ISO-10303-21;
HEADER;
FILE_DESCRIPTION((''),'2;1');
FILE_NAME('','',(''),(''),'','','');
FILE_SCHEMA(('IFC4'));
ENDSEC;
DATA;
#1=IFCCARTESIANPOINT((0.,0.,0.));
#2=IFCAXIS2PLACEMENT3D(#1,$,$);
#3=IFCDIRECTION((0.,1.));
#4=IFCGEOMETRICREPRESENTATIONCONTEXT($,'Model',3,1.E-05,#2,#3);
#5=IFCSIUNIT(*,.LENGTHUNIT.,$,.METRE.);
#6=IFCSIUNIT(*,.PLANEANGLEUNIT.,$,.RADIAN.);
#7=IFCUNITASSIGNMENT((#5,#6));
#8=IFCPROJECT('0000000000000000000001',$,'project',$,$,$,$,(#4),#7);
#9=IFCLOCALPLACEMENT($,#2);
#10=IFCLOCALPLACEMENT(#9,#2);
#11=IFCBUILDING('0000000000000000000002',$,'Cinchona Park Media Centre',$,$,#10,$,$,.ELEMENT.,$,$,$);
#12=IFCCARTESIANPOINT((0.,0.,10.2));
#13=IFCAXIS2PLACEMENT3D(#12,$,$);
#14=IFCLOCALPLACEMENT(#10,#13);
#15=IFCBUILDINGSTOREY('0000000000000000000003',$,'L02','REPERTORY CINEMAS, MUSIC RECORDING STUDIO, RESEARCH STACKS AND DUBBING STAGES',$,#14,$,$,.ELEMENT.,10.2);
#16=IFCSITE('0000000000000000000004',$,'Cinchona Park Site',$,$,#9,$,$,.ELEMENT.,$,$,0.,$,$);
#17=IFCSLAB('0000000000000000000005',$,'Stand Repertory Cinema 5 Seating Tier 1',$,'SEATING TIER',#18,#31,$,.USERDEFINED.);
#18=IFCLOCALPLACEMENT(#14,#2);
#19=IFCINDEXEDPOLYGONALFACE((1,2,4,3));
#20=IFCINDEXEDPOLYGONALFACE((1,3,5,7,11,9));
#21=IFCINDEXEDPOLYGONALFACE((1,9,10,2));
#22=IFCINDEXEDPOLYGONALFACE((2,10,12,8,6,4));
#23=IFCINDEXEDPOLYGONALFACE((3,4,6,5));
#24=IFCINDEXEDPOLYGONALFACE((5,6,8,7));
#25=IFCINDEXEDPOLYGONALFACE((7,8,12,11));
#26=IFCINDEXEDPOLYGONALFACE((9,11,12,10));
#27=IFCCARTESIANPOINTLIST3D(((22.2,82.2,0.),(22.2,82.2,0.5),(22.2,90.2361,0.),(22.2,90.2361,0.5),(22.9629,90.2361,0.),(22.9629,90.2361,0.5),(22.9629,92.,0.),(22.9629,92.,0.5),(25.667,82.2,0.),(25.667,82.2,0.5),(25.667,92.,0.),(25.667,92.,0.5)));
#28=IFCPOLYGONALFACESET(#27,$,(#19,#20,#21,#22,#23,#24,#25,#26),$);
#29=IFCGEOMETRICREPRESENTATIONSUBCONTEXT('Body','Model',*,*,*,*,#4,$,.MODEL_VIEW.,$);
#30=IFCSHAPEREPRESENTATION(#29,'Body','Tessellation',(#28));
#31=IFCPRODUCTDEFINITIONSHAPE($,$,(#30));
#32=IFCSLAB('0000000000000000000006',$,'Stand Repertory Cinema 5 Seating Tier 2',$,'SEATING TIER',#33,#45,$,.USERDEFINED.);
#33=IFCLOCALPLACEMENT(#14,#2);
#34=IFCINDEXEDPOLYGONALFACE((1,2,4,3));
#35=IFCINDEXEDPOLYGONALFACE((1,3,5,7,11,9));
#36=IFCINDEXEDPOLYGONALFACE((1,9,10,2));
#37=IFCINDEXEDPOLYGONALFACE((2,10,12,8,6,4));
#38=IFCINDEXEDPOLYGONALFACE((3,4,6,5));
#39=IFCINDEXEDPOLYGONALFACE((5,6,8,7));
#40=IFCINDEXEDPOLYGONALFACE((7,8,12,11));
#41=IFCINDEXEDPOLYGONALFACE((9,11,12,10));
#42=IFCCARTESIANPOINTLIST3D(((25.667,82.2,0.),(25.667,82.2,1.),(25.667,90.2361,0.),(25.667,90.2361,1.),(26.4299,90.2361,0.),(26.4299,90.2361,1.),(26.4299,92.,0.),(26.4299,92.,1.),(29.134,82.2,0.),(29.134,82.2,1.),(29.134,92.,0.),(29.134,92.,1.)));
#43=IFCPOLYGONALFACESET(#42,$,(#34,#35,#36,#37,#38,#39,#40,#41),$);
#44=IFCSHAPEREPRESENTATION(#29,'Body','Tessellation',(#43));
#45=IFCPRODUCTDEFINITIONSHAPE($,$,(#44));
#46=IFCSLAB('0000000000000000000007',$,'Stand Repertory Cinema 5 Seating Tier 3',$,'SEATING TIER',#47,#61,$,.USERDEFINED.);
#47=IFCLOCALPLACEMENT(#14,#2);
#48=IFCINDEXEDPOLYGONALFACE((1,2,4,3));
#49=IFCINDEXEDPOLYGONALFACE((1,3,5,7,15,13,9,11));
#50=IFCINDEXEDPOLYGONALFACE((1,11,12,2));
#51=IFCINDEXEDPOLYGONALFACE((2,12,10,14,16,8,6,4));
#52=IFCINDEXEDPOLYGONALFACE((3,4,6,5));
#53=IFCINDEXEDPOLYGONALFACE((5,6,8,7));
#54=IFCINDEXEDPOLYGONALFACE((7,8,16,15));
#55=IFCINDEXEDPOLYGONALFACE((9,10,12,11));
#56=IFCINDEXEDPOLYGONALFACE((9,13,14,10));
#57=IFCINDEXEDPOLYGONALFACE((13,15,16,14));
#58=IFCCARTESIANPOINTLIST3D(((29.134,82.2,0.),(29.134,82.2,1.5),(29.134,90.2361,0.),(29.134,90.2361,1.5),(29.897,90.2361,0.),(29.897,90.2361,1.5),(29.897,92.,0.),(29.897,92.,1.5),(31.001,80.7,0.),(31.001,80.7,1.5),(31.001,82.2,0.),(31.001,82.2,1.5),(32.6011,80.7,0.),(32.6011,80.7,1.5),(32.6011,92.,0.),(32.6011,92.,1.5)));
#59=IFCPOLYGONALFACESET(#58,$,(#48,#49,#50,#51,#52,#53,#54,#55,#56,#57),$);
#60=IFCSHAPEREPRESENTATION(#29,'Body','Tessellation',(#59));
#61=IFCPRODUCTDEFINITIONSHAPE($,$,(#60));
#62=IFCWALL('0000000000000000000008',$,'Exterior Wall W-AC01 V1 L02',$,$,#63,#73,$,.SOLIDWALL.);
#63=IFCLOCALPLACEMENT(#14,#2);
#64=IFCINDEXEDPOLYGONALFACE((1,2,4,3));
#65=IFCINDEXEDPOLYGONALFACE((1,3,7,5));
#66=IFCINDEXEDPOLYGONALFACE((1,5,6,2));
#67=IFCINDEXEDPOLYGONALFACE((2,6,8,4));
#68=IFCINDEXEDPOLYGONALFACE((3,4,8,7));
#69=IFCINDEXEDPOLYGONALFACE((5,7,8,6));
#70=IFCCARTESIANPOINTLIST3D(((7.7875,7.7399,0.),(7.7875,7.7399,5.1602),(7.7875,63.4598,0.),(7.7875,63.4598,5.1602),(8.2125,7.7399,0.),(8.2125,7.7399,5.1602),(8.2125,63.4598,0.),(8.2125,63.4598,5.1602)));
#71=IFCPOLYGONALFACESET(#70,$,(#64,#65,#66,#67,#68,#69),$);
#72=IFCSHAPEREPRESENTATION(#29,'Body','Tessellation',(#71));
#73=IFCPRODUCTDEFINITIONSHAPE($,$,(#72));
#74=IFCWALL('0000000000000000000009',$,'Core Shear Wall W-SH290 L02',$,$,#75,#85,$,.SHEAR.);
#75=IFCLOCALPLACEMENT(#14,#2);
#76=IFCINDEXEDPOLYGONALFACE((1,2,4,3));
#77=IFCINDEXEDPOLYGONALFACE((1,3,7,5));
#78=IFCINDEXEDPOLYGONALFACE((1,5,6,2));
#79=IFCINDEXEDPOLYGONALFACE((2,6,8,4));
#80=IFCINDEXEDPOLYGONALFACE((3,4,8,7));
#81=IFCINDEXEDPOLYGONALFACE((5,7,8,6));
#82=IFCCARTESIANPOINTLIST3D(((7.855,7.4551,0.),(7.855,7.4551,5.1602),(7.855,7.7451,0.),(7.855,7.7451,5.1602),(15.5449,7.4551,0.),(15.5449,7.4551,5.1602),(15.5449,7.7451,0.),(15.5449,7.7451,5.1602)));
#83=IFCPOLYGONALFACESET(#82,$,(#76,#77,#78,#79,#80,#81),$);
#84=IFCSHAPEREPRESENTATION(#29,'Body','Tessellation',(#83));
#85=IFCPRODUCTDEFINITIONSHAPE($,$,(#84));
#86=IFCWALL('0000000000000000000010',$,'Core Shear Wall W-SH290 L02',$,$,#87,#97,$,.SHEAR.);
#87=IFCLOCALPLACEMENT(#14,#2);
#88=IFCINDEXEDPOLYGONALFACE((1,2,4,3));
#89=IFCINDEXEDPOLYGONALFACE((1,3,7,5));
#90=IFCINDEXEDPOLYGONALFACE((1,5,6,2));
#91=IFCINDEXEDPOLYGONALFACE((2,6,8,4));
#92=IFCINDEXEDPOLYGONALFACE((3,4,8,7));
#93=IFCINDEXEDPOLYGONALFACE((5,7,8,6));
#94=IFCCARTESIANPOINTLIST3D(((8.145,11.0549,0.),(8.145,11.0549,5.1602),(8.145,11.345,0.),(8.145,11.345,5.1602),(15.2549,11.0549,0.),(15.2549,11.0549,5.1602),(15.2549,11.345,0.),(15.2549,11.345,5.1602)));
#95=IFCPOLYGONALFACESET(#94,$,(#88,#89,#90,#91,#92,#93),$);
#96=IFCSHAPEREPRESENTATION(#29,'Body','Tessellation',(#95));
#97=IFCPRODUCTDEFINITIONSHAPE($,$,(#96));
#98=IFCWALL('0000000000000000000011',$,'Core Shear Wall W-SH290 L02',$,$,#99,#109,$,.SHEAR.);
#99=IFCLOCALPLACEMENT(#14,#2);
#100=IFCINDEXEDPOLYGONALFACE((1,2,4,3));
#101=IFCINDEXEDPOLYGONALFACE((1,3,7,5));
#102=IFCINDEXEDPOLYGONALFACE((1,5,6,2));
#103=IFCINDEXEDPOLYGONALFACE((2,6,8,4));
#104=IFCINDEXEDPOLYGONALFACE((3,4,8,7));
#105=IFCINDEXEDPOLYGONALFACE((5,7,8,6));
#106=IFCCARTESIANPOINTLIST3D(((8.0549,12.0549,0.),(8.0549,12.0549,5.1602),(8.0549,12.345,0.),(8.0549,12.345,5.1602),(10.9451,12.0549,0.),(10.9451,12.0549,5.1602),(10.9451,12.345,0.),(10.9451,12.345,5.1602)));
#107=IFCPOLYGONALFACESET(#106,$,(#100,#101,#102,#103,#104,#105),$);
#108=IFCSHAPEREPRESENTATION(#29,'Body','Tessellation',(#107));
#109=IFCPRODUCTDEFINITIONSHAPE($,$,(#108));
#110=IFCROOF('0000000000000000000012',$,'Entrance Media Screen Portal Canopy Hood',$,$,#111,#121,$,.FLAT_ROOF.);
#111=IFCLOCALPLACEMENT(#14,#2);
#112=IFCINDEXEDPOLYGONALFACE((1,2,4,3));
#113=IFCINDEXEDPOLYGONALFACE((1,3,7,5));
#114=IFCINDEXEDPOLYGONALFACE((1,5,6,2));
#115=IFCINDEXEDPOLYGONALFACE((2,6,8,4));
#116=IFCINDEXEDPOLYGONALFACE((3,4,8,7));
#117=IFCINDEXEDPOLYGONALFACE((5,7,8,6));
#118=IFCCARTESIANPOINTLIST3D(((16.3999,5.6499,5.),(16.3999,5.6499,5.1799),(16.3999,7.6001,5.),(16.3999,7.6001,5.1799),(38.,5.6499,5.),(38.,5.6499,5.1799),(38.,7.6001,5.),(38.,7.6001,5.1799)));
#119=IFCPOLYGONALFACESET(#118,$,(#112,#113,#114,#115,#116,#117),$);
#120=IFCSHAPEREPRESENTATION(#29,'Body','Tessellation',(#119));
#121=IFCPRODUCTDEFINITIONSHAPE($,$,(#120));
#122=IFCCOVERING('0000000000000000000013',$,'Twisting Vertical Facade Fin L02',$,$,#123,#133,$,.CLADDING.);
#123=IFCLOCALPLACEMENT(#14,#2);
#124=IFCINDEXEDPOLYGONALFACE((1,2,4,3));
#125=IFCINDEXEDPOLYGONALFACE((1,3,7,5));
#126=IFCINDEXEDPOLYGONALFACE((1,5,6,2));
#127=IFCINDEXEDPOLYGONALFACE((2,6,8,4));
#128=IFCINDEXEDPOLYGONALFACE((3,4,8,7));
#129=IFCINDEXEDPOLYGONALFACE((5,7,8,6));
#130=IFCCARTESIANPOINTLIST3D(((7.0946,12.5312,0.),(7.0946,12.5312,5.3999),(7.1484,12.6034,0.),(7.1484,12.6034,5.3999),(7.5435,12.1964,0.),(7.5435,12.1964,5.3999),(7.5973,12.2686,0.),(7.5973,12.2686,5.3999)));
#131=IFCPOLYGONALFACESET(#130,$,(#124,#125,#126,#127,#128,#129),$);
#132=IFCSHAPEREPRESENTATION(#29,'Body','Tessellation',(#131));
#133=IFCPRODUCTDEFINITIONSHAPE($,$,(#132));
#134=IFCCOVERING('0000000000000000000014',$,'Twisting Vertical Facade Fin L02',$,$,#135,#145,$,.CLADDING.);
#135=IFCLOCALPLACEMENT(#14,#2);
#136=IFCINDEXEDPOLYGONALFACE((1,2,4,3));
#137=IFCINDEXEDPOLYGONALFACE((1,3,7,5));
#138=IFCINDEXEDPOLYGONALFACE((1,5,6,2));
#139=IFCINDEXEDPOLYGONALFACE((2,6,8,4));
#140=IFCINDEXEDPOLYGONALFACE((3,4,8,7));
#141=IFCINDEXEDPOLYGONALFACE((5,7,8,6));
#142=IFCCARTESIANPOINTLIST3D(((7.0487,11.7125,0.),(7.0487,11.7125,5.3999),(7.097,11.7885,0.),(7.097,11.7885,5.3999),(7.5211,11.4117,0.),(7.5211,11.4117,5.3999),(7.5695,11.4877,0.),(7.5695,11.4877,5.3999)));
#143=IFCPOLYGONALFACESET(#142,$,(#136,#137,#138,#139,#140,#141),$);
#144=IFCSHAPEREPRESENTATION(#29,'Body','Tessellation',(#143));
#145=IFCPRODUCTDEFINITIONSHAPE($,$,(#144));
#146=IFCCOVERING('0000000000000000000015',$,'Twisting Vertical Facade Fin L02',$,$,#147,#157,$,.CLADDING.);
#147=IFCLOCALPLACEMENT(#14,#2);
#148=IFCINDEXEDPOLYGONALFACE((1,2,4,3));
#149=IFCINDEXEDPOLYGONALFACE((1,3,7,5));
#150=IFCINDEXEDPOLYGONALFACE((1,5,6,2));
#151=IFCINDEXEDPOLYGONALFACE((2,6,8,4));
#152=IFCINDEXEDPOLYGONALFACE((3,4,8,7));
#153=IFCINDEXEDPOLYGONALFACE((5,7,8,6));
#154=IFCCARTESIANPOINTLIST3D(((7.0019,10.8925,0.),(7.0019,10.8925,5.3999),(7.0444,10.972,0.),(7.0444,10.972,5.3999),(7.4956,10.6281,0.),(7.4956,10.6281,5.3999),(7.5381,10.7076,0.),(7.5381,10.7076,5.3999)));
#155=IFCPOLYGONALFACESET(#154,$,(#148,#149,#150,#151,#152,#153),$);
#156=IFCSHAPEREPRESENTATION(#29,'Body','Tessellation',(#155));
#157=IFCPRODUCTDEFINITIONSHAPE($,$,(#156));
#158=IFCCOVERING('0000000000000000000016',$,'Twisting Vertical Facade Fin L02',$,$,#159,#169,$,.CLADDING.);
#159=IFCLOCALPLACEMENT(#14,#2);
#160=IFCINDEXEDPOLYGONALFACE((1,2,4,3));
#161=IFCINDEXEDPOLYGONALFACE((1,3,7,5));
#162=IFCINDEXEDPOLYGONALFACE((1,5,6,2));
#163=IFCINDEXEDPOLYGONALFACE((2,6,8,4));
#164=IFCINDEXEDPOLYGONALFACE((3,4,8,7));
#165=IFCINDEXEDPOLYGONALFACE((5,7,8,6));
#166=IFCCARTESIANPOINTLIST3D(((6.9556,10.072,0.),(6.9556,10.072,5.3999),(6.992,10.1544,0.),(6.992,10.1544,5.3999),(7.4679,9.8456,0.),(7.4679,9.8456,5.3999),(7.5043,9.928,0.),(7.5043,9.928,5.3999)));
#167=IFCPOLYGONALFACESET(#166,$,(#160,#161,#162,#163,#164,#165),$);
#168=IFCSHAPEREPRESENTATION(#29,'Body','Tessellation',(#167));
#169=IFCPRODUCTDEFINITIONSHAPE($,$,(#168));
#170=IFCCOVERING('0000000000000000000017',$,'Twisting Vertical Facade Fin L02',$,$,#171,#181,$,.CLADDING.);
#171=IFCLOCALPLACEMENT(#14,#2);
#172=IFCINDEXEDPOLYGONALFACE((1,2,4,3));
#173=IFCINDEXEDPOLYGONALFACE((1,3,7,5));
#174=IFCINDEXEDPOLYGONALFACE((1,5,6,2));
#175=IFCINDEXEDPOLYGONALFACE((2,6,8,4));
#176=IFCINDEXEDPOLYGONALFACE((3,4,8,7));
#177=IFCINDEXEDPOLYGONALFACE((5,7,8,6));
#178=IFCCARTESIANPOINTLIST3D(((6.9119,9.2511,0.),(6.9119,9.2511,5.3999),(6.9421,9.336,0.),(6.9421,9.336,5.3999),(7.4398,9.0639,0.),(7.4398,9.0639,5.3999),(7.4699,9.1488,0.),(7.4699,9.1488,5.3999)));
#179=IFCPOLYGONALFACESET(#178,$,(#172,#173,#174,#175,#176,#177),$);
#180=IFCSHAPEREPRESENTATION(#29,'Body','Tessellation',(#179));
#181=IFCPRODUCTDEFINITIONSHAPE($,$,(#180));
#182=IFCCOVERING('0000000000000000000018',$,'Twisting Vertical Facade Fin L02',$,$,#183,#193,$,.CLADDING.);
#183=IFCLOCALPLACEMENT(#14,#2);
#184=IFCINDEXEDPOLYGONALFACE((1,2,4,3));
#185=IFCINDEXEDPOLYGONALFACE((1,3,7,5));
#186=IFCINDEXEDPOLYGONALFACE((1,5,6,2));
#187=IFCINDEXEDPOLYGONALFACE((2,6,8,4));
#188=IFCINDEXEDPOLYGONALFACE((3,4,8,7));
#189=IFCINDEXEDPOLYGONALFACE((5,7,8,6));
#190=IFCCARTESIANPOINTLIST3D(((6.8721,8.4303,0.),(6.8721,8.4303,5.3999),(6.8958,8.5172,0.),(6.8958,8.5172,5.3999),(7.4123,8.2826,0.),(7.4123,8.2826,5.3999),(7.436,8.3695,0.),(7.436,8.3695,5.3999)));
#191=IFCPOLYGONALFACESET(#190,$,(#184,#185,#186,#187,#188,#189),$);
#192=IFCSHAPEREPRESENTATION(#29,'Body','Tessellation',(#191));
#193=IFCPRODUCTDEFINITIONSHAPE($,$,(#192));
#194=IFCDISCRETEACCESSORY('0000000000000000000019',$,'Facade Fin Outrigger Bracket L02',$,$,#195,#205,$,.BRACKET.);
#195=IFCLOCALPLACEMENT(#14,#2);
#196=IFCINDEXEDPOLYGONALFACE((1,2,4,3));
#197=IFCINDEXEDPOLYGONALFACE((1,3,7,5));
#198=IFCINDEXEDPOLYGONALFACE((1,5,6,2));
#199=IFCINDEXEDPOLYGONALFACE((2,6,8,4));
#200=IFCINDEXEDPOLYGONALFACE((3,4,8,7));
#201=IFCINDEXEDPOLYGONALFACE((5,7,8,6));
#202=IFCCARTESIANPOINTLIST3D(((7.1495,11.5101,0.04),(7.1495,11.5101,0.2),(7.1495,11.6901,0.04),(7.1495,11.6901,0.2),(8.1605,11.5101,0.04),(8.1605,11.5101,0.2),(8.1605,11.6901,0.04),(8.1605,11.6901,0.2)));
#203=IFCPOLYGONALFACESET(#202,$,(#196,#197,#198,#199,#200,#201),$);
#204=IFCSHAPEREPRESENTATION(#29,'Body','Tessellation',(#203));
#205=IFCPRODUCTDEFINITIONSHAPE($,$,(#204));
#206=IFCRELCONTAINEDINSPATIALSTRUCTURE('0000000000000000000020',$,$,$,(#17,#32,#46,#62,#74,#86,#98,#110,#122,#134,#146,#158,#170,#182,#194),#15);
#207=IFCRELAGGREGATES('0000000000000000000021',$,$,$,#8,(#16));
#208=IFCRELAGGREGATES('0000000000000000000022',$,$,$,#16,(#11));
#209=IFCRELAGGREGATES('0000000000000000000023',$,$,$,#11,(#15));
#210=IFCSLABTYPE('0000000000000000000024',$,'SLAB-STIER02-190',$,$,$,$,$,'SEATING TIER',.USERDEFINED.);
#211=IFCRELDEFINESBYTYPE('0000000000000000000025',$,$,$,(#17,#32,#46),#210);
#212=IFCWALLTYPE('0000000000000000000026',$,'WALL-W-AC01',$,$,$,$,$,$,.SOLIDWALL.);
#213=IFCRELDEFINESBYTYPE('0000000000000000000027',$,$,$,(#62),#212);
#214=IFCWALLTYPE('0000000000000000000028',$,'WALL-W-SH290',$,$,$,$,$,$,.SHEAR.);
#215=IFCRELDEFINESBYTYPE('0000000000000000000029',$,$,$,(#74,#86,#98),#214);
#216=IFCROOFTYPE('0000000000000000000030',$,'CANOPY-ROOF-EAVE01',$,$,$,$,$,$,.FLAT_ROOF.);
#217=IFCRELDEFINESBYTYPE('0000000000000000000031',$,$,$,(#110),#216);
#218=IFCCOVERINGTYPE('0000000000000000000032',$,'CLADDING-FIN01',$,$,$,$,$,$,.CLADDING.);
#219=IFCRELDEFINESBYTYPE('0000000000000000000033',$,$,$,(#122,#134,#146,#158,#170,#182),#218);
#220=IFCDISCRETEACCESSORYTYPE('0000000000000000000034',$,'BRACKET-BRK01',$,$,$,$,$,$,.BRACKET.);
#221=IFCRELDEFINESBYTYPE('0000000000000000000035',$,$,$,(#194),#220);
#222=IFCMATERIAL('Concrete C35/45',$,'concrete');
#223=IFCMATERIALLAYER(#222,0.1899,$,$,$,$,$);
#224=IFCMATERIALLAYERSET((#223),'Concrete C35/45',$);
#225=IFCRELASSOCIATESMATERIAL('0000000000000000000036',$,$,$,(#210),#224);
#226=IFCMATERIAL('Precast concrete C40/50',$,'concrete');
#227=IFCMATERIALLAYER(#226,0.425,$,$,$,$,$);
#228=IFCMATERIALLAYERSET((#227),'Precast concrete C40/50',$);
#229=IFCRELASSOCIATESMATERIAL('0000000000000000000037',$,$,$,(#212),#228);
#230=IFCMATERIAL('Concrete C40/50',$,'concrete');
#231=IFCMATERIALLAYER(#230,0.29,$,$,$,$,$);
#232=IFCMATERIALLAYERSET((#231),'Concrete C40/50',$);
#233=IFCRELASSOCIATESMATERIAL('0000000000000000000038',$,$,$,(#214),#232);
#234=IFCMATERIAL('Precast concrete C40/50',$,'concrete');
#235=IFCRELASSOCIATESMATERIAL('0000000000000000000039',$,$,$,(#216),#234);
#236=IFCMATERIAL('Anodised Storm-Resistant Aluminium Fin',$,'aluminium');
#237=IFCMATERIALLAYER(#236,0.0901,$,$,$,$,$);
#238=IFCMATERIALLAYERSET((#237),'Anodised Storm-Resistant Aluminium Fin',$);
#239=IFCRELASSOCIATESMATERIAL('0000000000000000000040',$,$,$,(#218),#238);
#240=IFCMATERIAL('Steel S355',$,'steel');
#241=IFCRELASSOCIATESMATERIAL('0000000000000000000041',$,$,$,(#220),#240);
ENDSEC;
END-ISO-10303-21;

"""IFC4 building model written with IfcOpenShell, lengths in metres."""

from ifc_helpers import new_model, si_unit, direction, frame, frame_2d, origin, origin_2d, place, context, subcontext, project, spatial, polyline, rectangle, outline, extrude, material, layer, layer_set, type_object, element, save


model = new_model("IFC4")

# Units and contexts
model_context = context("Model", 3, precision=1e-05, world=origin(), true_north=direction((0.0, 1.0)))
body_context = subcontext(model_context, "Body", "Model", "MODEL_VIEW")
ifc_project = project(units=[si_unit("LENGTHUNIT", "METRE"), si_unit("PLANEANGLEUNIT", "RADIAN")], contexts=[model_context])

# Site, building, storey
site_placement = place(None, origin())
site = spatial("IfcSite", under=ifc_project, at=site_placement, Name="Cinchona Park Site", CompositionType="ELEMENT", RefElevation=0.0)
building_placement = place(site_placement, origin())
building = spatial("IfcBuilding", under=site, at=building_placement, Name="Cinchona Park Media Centre", CompositionType="ELEMENT")
storey_placement = place(building_placement, frame((0.0, 0.0, 10.2)))
storey = spatial("IfcBuildingStorey", under=building, at=storey_placement, Name="L02", Description="REPERTORY CINEMAS, MUSIC RECORDING STUDIO, RESEARCH STACKS AND DUBBING STAGES", CompositionType="ELEMENT", Elevation=10.2)

# Slabs
ifc_material_1 = material(Name="Concrete C35/45", Category="concrete")
ifc_layer_1 = layer(ifc_material_1, 0.1899)
ifc_layer_set_1 = layer_set([ifc_layer_1], Name="Concrete C35/45")
slab_type_1 = type_object("IfcSlabType", Name="SLAB-STIER02-190", ElementType="SEATING TIER", PredefinedType="USERDEFINED", material=ifc_layer_set_1)
slab_1_placement = place(storey_placement, origin())
element("IfcSlab", 1, at=slab_1_placement, inside=storey, type_object=slab_type_1, Name="Stand Repertory Cinema 5 Seating Tier 1", ObjectType="SEATING TIER", PredefinedType="USERDEFINED", context=body_context, shape_type="SweptSolid", body=[
    extrude(outline(polyline([(22.2, 82.2), (25.667, 82.2), (25.667, 92.0), (22.9629, 92.0), (22.9629, 90.2361), (22.2, 90.2361), (22.2, 82.2)])), origin(), (0.0, 0.0, 1.0), 0.5),
])
slab_2_placement = place(storey_placement, origin())
element("IfcSlab", 2, at=slab_2_placement, inside=storey, type_object=slab_type_1, Name="Stand Repertory Cinema 5 Seating Tier 2", ObjectType="SEATING TIER", PredefinedType="USERDEFINED", context=body_context, shape_type="SweptSolid", body=[
    extrude(outline(polyline([(25.667, 82.2), (29.134, 82.2), (29.134, 92.0), (26.4299, 92.0), (26.4299, 90.2361), (25.667, 90.2361), (25.667, 82.2)])), origin(), (0.0, 0.0, 1.0), 1.0),
])
slab_3_placement = place(storey_placement, origin())
element("IfcSlab", 3, at=slab_3_placement, inside=storey, type_object=slab_type_1, Name="Stand Repertory Cinema 5 Seating Tier 3", ObjectType="SEATING TIER", PredefinedType="USERDEFINED", context=body_context, shape_type="SweptSolid", body=[
    extrude(outline(polyline([(29.134, 82.2), (31.001, 82.2), (31.001, 80.7), (32.6011, 80.7), (32.6011, 92.0), (29.897, 92.0), (29.897, 90.2361), (29.134, 90.2361), (29.134, 82.2)])), origin(), (0.0, 0.0, 1.0), 1.5),
])

# Walls
ifc_material_2 = material(Name="Precast concrete C40/50", Category="concrete")
ifc_layer_2 = layer(ifc_material_2, 0.425)
ifc_layer_set_2 = layer_set([ifc_layer_2], Name="Precast concrete C40/50")
wall_type_1 = type_object("IfcWallType", Name="WALL-W-AC01", PredefinedType="SOLIDWALL", material=ifc_layer_set_2)
wall_1_placement = place(storey_placement, frame((8.0, 7.74, 0.0), z_axis=(0.0, 0.0, 1.0), x_axis=(0.0, 1.0, 0.0)))
element("IfcWall", 4, at=wall_1_placement, inside=storey, type_object=wall_type_1, Name="Exterior Wall W-AC01 V1 L02", PredefinedType="SOLIDWALL", context=body_context, shape_type="SweptSolid", body=[
    extrude(rectangle(XDim=55.72, YDim=0.425, at=frame_2d((27.8599, 0.0))), origin(), (0.0, 0.0, 1.0), 5.1602),
])
ifc_material_3 = material(Name="Concrete C40/50", Category="concrete")
ifc_layer_3 = layer(ifc_material_3, 0.29)
ifc_layer_set_3 = layer_set([ifc_layer_3], Name="Concrete C40/50")
wall_type_2 = type_object("IfcWallType", Name="WALL-W-SH290", PredefinedType="SHEAR", material=ifc_layer_set_3)
wall_2_placement = place(storey_placement, frame((7.855, 7.6001, 0.0), z_axis=(0.0, 0.0, 1.0), x_axis=(1.0, 0.0, 0.0)))
element("IfcWall", 5, at=wall_2_placement, inside=storey, type_object=wall_type_2, Name="Core Shear Wall W-SH290 L02", PredefinedType="SHEAR", context=body_context, shape_type="SweptSolid", body=[
    extrude(rectangle(XDim=7.6899, YDim=0.29, at=frame_2d((3.845, 0.0))), origin(), (0.0, 0.0, 1.0), 5.1602),
])
wall_3_placement = place(storey_placement, frame((8.145, 11.2, 0.0), z_axis=(0.0, 0.0, 1.0), x_axis=(1.0, 0.0, 0.0)))
element("IfcWall", 6, at=wall_3_placement, inside=storey, type_object=wall_type_2, Name="Core Shear Wall W-SH290 L02", PredefinedType="SHEAR", context=body_context, shape_type="SweptSolid", body=[
    extrude(rectangle(XDim=7.1099, YDim=0.29, at=frame_2d((3.5549, 0.0))), origin(), (0.0, 0.0, 1.0), 5.1602),
])
wall_4_placement = place(storey_placement, frame((8.0549, 12.2, 0.0), z_axis=(0.0, 0.0, 1.0), x_axis=(1.0, 0.0, 0.0)))
element("IfcWall", 7, at=wall_4_placement, inside=storey, type_object=wall_type_2, Name="Core Shear Wall W-SH290 L02", PredefinedType="SHEAR", context=body_context, shape_type="SweptSolid", body=[
    extrude(rectangle(XDim=2.8901, YDim=0.29, at=frame_2d((1.4451, 0.0))), origin(), (0.0, 0.0, 1.0), 5.1602),
])

# Roof
ifc_material_4 = material(Name="Precast concrete C40/50", Category="concrete")
roof_type = type_object("IfcRoofType", Name="CANOPY-ROOF-EAVE01", PredefinedType="FLAT_ROOF", material=ifc_material_4)
roof_placement = place(storey_placement, frame((0.0, 0.0, 5.0)))
element("IfcRoof", 8, at=roof_placement, inside=storey, type_object=roof_type, Name="Entrance Media Screen Portal Canopy Hood", PredefinedType="FLAT_ROOF", context=body_context, shape_type="SweptSolid", body=[
    extrude(outline(polyline([(16.3999, 5.6499), (38.0, 5.6499), (38.0, 7.6001), (16.3999, 7.6001), (16.3999, 5.6499)])), origin(), (0.0, 0.0, 1.0), 0.1799),
])

# Coverings
ifc_material_5 = material(Name="Anodised Storm-Resistant Aluminium Fin", Category="aluminium")
ifc_layer_4 = layer(ifc_material_5, 0.0901)
ifc_layer_set_4 = layer_set([ifc_layer_4], Name="Anodised Storm-Resistant Aluminium Fin")
covering_type = type_object("IfcCoveringType", Name="CLADDING-FIN01", PredefinedType="CLADDING", material=ifc_layer_set_4)
for number, where, z_axis, x_axis, name in (
    (9, (7.3459, 12.3999, 0.0), (0.0, 0.0, 1.0), (0.801567, -0.597905, 0.0), "Twisting Vertical Facade Fin L02"),
    (10, (7.3091, 11.6001, 0.0), (0.0, 0.0, 1.0), (0.843579, -0.537005, 0.0), "Twisting Vertical Facade Fin L02"),
    (11, (7.27, 10.8, 0.0), (0.0, 0.0, 1.0), (0.881551, -0.472089, 0.0), "Twisting Vertical Facade Fin L02"),
    (12, (7.23, 10.0, 0.0), (0.0, 0.0, 1.0), (0.914678, -0.404184, 0.0), "Twisting Vertical Facade Fin L02"),
    (13, (7.1909, 9.2, 0.0), (0.0, 0.0, 1.0), (0.942467, -0.3343, 0.0), "Twisting Vertical Facade Fin L02"),
    (14, (7.1541, 8.3999, 0.0), (0.0, 0.0, 1.0), (0.964603, -0.263705, 0.0), "Twisting Vertical Facade Fin L02"),
):
    element("IfcCovering", number, at=place(storey_placement, frame(where, z_axis=z_axis, x_axis=x_axis)), inside=storey, type_object=covering_type, Name=name, PredefinedType="CLADDING", context=body_context, shape_type="SweptSolid", body=[
        extrude(rectangle(XDim=0.5601, YDim=0.0901, at=origin_2d()), origin(), (0.0, 0.0, 1.0), 5.3999),
    ])

# Discrete accessory
ifc_material_6 = material(Name="Steel S355", Category="steel")
discrete_accessory_type = type_object("IfcDiscreteAccessoryType", Name="BRACKET-BRK01", PredefinedType="BRACKET", material=ifc_material_6)
discrete_accessory_1_placement = place(storey_placement, frame((7.655, 11.6001, 0.04), z_axis=(0.0, 0.0, 1.0), x_axis=(0.0, -1.0, 0.0)))
element("IfcDiscreteAccessory", 15, at=discrete_accessory_1_placement, inside=storey, type_object=discrete_accessory_type, Name="Facade Fin Outrigger Bracket L02", PredefinedType="BRACKET", context=body_context, shape_type="SweptSolid", body=[
    extrude(rectangle(XDim=0.1799, YDim=1.011, at=origin_2d()), origin(), (0.0, 0.0, 1.0), 0.1599),
])

save(model, "model.ifc")
